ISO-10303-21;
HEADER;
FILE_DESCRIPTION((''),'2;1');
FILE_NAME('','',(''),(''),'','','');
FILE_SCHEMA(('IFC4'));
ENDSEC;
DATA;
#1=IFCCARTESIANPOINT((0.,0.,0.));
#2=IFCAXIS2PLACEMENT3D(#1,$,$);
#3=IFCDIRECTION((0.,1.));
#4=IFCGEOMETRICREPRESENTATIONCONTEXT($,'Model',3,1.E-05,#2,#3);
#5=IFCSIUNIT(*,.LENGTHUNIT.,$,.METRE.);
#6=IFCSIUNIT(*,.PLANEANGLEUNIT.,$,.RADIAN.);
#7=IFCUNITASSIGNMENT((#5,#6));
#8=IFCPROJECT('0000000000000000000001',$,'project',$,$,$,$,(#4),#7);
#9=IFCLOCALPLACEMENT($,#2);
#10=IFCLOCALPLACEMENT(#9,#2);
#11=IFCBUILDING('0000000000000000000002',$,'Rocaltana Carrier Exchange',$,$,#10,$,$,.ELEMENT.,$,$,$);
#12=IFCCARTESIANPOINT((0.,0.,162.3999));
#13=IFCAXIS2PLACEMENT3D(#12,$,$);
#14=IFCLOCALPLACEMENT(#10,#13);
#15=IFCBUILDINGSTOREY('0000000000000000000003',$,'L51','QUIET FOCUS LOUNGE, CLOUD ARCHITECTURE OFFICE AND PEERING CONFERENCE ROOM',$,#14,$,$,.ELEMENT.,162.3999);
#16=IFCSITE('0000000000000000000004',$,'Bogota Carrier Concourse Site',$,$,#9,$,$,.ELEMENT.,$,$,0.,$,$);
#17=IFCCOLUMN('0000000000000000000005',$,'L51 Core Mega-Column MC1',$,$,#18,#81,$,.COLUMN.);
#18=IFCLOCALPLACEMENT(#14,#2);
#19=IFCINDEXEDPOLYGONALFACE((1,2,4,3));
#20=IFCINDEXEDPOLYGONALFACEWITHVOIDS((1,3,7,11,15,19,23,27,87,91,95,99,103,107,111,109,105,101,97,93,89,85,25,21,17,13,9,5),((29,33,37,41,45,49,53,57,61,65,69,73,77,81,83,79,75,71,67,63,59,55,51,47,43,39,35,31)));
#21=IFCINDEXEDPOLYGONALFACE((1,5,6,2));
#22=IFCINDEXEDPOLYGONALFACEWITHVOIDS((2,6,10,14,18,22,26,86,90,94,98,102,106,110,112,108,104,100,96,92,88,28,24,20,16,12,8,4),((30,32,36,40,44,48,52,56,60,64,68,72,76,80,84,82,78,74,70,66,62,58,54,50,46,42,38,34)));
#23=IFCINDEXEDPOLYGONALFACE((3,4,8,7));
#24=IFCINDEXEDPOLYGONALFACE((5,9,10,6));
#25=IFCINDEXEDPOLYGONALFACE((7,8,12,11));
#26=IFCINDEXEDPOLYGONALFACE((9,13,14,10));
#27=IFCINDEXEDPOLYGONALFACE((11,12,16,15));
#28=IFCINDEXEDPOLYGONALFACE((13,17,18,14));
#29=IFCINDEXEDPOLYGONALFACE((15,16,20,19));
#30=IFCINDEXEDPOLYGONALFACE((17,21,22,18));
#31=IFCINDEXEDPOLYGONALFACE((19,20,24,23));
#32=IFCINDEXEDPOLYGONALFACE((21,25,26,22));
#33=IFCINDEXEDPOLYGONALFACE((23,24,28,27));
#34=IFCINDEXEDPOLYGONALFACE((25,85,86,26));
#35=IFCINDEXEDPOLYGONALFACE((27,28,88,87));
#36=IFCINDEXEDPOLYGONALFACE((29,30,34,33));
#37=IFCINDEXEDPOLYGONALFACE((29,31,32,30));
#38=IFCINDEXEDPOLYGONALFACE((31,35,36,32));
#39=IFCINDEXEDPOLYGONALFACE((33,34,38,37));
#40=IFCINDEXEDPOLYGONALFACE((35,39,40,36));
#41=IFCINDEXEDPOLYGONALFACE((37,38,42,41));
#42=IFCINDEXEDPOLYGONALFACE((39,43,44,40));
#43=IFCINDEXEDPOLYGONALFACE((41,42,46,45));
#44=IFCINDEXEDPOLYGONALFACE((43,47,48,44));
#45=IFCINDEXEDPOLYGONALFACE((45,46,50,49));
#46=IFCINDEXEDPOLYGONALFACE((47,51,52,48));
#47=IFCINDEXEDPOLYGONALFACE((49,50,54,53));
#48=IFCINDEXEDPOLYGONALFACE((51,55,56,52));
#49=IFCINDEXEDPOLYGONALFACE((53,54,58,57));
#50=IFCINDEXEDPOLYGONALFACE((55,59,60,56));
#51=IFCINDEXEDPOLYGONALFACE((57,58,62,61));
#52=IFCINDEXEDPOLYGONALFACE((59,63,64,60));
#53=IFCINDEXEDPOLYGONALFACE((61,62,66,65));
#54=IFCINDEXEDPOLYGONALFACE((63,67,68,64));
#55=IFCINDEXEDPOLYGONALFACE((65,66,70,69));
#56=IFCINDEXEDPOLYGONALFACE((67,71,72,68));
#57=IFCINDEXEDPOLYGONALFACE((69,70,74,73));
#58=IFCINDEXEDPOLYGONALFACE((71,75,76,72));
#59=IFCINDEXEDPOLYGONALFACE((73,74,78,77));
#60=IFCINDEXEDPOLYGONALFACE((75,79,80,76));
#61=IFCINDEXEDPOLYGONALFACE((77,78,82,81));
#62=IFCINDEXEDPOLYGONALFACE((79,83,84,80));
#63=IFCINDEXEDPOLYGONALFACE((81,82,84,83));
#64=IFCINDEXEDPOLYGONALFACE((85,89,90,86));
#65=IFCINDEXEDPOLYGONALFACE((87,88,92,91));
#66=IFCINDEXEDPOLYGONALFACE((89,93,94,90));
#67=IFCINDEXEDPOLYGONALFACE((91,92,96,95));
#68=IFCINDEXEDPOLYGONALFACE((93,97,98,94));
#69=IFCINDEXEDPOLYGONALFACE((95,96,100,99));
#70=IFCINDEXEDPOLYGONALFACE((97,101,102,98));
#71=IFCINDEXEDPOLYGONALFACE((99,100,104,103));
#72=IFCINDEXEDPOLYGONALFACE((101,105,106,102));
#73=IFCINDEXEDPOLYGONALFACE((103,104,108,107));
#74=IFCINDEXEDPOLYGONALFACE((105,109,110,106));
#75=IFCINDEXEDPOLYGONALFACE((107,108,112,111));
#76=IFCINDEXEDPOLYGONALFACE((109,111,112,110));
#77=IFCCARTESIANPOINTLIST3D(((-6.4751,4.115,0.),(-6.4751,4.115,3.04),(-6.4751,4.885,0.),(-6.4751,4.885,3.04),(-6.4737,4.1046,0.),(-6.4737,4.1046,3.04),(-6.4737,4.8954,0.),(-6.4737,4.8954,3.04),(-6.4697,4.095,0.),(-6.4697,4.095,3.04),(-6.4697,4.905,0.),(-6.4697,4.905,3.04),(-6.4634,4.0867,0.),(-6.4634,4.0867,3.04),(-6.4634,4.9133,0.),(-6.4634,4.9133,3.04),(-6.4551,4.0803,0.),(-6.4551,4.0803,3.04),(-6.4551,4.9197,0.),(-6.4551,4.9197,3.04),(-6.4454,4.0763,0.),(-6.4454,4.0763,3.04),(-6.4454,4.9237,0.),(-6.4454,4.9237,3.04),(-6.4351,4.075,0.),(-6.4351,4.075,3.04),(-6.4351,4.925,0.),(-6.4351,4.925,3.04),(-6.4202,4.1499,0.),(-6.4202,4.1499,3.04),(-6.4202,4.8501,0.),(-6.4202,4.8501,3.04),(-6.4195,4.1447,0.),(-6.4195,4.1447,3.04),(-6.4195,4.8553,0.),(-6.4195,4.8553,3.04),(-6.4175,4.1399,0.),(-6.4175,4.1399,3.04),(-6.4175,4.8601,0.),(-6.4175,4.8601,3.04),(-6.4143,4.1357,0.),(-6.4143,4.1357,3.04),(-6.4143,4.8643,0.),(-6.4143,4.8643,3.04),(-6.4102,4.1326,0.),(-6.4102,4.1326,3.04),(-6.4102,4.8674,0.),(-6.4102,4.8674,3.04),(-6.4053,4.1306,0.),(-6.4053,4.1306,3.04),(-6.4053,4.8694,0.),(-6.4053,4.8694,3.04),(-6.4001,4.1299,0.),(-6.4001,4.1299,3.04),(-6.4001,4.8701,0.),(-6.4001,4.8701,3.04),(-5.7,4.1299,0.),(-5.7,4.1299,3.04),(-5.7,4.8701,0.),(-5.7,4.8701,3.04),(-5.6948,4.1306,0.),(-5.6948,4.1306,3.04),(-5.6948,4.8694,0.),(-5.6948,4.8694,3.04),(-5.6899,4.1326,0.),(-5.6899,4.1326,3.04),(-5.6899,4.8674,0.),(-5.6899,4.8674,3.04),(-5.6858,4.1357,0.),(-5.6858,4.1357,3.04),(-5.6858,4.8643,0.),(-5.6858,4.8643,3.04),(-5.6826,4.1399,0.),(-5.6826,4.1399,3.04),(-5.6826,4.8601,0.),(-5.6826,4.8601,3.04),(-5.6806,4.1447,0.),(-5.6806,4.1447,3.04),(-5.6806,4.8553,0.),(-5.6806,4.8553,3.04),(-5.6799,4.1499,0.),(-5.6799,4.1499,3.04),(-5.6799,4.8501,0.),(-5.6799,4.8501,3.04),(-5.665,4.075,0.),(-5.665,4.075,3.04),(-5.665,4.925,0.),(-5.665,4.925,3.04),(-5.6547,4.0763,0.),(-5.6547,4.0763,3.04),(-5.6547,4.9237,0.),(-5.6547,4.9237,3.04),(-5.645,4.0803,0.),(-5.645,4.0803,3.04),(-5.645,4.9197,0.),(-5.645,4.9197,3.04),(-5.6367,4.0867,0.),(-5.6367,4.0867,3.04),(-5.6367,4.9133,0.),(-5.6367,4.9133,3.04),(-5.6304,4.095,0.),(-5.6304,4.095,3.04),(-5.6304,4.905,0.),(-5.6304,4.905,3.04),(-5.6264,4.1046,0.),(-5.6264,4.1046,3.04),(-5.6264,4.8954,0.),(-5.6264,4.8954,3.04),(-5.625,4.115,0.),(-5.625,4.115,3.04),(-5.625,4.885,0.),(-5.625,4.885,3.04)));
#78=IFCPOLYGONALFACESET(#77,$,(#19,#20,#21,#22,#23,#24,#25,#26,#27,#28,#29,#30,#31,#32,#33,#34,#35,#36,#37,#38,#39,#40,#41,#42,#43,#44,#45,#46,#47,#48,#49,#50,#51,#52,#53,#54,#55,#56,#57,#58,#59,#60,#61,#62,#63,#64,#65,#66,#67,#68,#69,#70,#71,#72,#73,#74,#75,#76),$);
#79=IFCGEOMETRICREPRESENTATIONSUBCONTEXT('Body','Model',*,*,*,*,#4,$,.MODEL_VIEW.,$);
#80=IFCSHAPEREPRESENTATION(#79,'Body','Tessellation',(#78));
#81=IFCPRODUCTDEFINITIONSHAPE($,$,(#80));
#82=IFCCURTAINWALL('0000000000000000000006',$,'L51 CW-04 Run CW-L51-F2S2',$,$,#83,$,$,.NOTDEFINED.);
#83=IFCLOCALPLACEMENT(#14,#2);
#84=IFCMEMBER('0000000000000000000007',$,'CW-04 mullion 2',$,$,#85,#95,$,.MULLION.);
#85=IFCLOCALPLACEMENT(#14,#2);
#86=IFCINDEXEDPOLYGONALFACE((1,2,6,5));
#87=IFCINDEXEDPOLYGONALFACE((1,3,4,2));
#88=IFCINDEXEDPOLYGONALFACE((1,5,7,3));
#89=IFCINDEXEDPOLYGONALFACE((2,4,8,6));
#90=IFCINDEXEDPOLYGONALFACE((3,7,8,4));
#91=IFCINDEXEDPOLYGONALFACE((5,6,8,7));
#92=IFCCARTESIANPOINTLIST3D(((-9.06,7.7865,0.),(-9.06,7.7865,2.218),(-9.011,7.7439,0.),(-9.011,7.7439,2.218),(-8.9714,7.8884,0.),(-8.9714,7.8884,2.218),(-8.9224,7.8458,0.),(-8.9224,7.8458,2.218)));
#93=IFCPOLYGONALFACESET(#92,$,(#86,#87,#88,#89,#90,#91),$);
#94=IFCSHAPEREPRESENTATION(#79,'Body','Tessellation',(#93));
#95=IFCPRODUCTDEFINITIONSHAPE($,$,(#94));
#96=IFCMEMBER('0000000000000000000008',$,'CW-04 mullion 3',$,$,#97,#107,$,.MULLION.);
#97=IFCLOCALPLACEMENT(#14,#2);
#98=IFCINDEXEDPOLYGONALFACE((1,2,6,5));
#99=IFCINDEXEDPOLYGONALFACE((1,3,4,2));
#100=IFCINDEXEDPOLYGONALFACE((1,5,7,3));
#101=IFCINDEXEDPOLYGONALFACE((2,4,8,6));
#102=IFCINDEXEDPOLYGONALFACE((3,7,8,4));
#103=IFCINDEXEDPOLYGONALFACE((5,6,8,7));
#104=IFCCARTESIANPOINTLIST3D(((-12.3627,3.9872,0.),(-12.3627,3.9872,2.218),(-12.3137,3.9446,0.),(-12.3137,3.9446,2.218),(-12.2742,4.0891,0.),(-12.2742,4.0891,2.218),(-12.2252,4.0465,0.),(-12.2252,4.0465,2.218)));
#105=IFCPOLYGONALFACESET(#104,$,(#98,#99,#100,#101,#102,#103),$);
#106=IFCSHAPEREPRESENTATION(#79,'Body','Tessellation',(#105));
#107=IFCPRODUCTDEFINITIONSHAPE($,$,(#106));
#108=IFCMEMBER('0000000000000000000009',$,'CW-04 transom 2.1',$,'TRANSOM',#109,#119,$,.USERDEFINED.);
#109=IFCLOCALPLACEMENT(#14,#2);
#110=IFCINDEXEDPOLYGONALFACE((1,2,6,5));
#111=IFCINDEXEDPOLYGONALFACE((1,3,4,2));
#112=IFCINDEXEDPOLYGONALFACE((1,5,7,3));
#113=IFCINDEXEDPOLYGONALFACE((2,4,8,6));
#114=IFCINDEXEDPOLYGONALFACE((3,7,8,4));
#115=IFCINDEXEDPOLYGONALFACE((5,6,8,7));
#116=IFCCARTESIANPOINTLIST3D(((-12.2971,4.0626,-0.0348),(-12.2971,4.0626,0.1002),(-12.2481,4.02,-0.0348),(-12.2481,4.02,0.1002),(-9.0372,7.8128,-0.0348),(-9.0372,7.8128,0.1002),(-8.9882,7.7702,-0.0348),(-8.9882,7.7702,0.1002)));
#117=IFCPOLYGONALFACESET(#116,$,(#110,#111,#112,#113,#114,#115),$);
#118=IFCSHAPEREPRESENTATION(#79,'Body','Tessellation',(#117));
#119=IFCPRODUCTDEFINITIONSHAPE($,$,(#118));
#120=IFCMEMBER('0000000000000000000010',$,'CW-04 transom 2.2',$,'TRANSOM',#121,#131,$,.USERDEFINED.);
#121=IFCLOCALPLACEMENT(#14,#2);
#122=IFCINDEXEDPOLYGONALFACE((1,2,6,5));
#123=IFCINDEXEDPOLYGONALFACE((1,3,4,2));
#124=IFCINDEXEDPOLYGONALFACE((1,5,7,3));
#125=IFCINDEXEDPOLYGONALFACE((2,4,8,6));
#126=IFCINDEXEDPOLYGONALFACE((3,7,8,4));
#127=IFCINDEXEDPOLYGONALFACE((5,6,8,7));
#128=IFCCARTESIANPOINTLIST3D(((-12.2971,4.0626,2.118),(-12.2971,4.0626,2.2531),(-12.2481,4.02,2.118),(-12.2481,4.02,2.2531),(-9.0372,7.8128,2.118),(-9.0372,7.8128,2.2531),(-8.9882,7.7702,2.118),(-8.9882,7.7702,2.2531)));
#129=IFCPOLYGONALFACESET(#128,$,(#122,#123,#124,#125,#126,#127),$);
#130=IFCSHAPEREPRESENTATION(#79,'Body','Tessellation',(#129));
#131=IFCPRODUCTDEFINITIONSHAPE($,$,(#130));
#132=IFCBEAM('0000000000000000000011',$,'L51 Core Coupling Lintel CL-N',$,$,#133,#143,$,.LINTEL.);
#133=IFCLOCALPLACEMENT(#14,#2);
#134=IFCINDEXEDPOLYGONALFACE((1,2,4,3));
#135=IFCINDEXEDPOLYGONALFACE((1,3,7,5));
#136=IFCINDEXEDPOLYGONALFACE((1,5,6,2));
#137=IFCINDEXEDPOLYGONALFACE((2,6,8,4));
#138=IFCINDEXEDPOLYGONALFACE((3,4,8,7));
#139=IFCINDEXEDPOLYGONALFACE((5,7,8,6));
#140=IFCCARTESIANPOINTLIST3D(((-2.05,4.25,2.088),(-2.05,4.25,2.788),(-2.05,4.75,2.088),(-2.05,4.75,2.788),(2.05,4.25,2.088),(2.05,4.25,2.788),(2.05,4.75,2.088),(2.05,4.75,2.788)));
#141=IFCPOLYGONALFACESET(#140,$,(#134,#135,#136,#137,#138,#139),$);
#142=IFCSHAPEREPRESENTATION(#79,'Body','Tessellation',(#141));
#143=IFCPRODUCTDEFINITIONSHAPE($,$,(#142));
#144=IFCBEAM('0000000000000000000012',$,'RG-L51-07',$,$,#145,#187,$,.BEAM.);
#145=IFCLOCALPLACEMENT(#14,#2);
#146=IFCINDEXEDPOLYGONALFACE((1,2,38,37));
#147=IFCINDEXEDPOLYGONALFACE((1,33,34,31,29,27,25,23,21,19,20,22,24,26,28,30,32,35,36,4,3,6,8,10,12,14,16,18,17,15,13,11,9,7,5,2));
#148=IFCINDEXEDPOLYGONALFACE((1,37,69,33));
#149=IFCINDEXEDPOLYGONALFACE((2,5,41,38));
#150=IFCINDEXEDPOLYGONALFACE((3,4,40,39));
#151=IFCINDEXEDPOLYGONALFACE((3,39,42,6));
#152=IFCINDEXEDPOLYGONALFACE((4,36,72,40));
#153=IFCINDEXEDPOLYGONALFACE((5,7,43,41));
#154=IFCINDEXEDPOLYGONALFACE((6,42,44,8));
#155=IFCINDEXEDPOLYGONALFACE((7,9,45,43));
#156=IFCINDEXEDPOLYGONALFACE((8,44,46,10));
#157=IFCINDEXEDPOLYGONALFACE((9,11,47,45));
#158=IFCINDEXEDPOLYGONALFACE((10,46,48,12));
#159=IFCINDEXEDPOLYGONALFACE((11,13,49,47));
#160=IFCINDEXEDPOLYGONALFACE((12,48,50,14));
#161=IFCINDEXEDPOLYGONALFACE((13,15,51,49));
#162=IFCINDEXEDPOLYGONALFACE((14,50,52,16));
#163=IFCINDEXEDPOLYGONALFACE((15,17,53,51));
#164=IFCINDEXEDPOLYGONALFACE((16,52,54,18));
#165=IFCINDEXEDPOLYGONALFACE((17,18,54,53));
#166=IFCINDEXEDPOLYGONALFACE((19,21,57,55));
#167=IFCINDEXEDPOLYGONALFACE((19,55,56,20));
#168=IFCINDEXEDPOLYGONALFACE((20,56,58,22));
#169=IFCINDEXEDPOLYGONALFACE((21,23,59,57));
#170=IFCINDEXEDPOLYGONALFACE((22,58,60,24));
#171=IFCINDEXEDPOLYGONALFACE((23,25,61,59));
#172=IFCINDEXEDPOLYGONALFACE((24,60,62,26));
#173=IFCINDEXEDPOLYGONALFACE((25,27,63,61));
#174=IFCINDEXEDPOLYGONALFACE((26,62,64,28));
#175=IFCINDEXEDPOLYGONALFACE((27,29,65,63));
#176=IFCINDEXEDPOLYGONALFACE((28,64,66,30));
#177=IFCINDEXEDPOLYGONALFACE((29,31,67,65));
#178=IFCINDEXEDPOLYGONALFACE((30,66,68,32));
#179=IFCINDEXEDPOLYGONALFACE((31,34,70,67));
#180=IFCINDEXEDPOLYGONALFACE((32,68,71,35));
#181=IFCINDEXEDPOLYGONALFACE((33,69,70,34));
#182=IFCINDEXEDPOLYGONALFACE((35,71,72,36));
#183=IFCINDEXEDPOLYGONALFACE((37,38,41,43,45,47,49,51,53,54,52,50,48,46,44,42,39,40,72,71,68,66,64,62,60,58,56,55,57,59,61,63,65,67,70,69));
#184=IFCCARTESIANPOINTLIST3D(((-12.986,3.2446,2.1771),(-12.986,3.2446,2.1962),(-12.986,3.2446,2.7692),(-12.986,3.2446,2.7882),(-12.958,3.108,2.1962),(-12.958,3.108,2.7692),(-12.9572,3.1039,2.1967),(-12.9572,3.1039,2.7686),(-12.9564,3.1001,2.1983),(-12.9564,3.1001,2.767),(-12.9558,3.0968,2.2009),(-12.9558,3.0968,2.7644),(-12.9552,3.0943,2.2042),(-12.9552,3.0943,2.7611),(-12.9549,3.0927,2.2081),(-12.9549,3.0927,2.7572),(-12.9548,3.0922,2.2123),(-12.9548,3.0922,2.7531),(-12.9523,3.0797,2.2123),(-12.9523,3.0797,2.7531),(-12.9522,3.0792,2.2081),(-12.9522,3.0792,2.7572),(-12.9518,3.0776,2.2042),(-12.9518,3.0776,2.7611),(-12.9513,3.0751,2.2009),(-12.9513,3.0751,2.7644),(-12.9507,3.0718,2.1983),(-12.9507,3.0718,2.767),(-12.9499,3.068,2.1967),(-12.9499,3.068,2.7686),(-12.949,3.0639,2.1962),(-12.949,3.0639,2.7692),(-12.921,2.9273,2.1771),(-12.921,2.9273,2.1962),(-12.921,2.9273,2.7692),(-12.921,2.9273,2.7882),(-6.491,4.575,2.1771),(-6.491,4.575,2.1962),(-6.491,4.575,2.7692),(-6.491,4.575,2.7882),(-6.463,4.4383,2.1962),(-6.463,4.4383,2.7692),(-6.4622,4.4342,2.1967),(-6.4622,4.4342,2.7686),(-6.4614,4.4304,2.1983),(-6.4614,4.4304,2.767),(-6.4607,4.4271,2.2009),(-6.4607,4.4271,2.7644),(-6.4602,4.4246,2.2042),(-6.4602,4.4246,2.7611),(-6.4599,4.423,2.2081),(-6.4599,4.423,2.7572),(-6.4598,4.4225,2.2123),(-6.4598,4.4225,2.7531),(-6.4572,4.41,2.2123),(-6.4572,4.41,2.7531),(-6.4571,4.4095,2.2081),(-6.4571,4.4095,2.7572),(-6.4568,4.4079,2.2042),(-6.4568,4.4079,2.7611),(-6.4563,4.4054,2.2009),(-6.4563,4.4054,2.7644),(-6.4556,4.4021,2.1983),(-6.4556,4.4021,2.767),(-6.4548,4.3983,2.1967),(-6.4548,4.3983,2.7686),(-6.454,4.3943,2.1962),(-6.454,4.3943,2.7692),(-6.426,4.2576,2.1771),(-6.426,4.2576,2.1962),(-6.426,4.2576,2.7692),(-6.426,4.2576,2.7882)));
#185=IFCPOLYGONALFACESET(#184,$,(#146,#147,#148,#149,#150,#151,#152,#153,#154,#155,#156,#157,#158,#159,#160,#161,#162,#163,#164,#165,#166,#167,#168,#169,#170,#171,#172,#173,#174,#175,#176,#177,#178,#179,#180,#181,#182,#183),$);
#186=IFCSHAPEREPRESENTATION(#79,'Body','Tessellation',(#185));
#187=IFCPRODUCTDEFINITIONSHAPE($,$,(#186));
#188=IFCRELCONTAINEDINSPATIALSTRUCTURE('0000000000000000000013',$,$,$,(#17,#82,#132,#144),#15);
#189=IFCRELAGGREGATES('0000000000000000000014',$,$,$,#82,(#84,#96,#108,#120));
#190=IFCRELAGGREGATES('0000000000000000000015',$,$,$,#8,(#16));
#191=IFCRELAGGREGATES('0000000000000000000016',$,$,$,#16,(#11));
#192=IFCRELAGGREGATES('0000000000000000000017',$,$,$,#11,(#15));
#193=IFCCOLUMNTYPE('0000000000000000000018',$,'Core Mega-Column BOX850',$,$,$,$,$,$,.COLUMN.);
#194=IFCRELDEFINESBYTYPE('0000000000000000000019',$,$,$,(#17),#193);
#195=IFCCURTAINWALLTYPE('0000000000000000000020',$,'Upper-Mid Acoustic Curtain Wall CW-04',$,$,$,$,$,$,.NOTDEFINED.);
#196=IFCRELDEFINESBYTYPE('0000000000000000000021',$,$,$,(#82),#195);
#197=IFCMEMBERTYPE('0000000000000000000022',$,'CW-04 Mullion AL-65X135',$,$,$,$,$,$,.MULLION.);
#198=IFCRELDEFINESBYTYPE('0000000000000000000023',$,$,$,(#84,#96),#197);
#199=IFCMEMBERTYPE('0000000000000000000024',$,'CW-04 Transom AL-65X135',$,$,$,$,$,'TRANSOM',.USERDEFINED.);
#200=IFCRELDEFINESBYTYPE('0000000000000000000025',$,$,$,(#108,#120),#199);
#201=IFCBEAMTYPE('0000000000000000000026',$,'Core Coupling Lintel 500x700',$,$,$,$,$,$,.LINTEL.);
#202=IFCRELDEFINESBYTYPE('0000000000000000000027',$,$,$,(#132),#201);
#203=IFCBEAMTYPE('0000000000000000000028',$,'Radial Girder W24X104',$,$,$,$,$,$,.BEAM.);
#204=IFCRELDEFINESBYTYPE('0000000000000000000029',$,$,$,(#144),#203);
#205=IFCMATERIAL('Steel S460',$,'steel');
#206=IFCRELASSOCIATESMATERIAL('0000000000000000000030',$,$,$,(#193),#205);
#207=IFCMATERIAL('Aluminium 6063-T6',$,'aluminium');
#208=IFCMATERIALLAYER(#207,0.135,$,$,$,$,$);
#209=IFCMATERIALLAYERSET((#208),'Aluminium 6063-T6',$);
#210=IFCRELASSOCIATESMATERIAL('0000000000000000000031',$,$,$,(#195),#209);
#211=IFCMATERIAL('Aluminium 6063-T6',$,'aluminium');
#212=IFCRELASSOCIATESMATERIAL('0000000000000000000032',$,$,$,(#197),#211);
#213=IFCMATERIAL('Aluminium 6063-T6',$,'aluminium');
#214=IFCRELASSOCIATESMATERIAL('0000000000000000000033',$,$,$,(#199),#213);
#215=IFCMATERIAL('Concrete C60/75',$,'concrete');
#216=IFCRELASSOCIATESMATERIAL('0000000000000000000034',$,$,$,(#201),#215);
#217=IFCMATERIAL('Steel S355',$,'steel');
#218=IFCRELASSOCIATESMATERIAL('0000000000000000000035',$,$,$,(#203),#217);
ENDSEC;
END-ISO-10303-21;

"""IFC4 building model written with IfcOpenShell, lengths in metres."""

from ifc_helpers import new_model, si_unit, direction, frame, origin, origin_2d, place, context, subcontext, project, spatial, rectangle, hollow_rectangle, i_section, extrude, material, layer, layer_set, material_profile, profile_set, type_object, element, aggregate, save


model = new_model("IFC4")

# Units and contexts
model_context = context("Model", 3, precision=1e-05, world=origin(), true_north=direction((0.0, 1.0)))
body_context = subcontext(model_context, "Body", "Model", "MODEL_VIEW")
ifc_project = project(units=[si_unit("LENGTHUNIT", "METRE"), si_unit("PLANEANGLEUNIT", "RADIAN")], contexts=[model_context])

# Site, building, storey
site_placement = place(None, origin())
site = spatial("IfcSite", under=ifc_project, at=site_placement, Name="Bogota Carrier Concourse Site", CompositionType="ELEMENT", RefElevation=0.0)
building_placement = place(site_placement, origin())
building = spatial("IfcBuilding", under=site, at=building_placement, Name="Rocaltana Carrier Exchange", CompositionType="ELEMENT")
storey_placement = place(building_placement, frame((0.0, 0.0, 162.3999)))
storey = spatial("IfcBuildingStorey", under=building, at=storey_placement, Name="L51", Description="QUIET FOCUS LOUNGE, CLOUD ARCHITECTURE OFFICE AND PEERING CONFERENCE ROOM", CompositionType="ELEMENT", Elevation=162.3999)

# Column
ifc_material_1 = material(Name="Steel S460", Category="steel")
ifc_material_profile_1 = material_profile(ifc_material_1, hollow_rectangle(XDim=0.8501, YDim=0.8501, WallThickness=0.0549, InnerFilletRadius=0.02, OuterFilletRadius=0.04, at=origin_2d()), Name="BOX850X850X55")
ifc_profile_set_1 = profile_set([ifc_material_profile_1], Name="Steel S460")
column_type = type_object("IfcColumnType", Name="Core Mega-Column BOX850", PredefinedType="COLUMN", material=ifc_profile_set_1)
column_placement = place(storey_placement, frame((-6.05, 4.5, 0.0), z_axis=(0.0, 0.0, 1.0), x_axis=(1.0, 0.0, 0.0)))
element("IfcColumn", 1, at=column_placement, inside=storey, type_object=column_type, Name="L51 Core Mega-Column MC1", PredefinedType="COLUMN", context=body_context, shape_type="SweptSolid", body=[
    extrude(hollow_rectangle(XDim=0.8501, YDim=0.8501, WallThickness=0.0549, InnerFilletRadius=0.02, OuterFilletRadius=0.04, at=origin_2d()), origin(), (0.0, 0.0, 1.0), 3.04),
])

# Curtain wall, members
ifc_material_2 = material(Name="Aluminium 6063-T6", Category="aluminium")
ifc_layer_1 = layer(ifc_material_2, 0.135)
ifc_layer_set_1 = layer_set([ifc_layer_1], Name="Aluminium 6063-T6")
curtain_wall_type = type_object("IfcCurtainWallType", Name="Upper-Mid Acoustic Curtain Wall CW-04", PredefinedType="NOTDEFINED", material=ifc_layer_set_1)
curtain_wall_placement = place(storey_placement, origin())
curtain_wall = element("IfcCurtainWall", 2, at=curtain_wall_placement, inside=storey, type_object=curtain_wall_type, Name="L51 CW-04 Run CW-L51-F2S2", PredefinedType="NOTDEFINED")
ifc_material_3 = material(Name="Aluminium 6063-T6", Category="aluminium")
ifc_material_profile_2 = material_profile(ifc_material_3, rectangle(XDim=0.0649, YDim=0.135, at=origin_2d()), Name="AL-65X135")
ifc_profile_set_2 = profile_set([ifc_material_profile_2], Name="Aluminium 6063-T6")
member_type_1 = type_object("IfcMemberType", Name="CW-04 Mullion AL-65X135", PredefinedType="MULLION", material=ifc_profile_set_2)
member_1_placement = place(storey_placement, frame((-8.9912, 7.8162, 0.0), z_axis=(0.0, 0.0, 1.0), x_axis=(0.754712, -0.656057, 0.0)))
member_1 = element("IfcMember", 3, at=member_1_placement, type_object=member_type_1, Name="CW-04 mullion 2", PredefinedType="MULLION", context=body_context, shape_type="SweptSolid", body=[
    extrude(rectangle(XDim=0.0649, YDim=0.135, at=origin_2d()), origin(), (0.0, 0.0, 1.0), 2.218),
])
member_2_placement = place(storey_placement, frame((-12.2939, 4.0168, 0.0), z_axis=(0.0, 0.0, 1.0), x_axis=(0.754712, -0.656057, 0.0)))
member_2 = element("IfcMember", 4, at=member_2_placement, type_object=member_type_1, Name="CW-04 mullion 3", PredefinedType="MULLION", context=body_context, shape_type="SweptSolid", body=[
    extrude(rectangle(XDim=0.0649, YDim=0.135, at=origin_2d()), origin(), (0.0, 0.0, 1.0), 2.218),
])
ifc_material_4 = material(Name="Aluminium 6063-T6", Category="aluminium")
ifc_material_profile_3 = material_profile(ifc_material_4, rectangle(XDim=0.0649, YDim=0.135, at=origin_2d()), Name="AL-65X135")
ifc_profile_set_3 = profile_set([ifc_material_profile_3], Name="Aluminium 6063-T6")
member_type_2 = type_object("IfcMemberType", Name="CW-04 Transom AL-65X135", ElementType="TRANSOM", PredefinedType="USERDEFINED", material=ifc_profile_set_3)
member_3_placement = place(storey_placement, frame((-9.0127, 7.7915, 0.0327), z_axis=(-0.656056, -0.754712, 0.0), x_axis=(0.754712, -0.656056, 0.0)))
member_3 = element("IfcMember", 5, at=member_3_placement, type_object=member_type_2, Name="CW-04 transom 2.1", ObjectType="TRANSOM", PredefinedType="USERDEFINED", context=body_context, shape_type="SweptSolid", body=[
    extrude(rectangle(XDim=0.0649, YDim=0.135, at=origin_2d()), origin(), (0.0, 0.0, 1.0), 4.969),
])
member_4_placement = place(storey_placement, frame((-9.0127, 7.7915, 2.1855), z_axis=(-0.656056, -0.754712, 0.0), x_axis=(0.754712, -0.656056, 0.0)))
member_4 = element("IfcMember", 6, at=member_4_placement, type_object=member_type_2, Name="CW-04 transom 2.2", ObjectType="TRANSOM", PredefinedType="USERDEFINED", context=body_context, shape_type="SweptSolid", body=[
    extrude(rectangle(XDim=0.0649, YDim=0.135, at=origin_2d()), origin(), (0.0, 0.0, 1.0), 4.969),
])

# Beams
ifc_material_5 = material(Name="Concrete C60/75", Category="concrete")
ifc_material_profile_4 = material_profile(ifc_material_5, rectangle(XDim=0.5, YDim=0.7, at=origin_2d()), Name="RC-BM-500X700")
ifc_profile_set_4 = profile_set([ifc_material_profile_4], Name="Concrete C60/75")
beam_type_1 = type_object("IfcBeamType", Name="Core Coupling Lintel 500x700", PredefinedType="LINTEL", material=ifc_profile_set_4)
beam_1_placement = place(storey_placement, frame((-2.05, 4.5, 2.438), z_axis=(1.0, 0.0, 0.0), x_axis=(0.0, 1.0, 0.0)))
element("IfcBeam", 7, at=beam_1_placement, inside=storey, type_object=beam_type_1, Name="L51 Core Coupling Lintel CL-N", PredefinedType="LINTEL", context=body_context, shape_type="SweptSolid", body=[
    extrude(rectangle(XDim=0.5, YDim=0.7, at=origin_2d()), origin(), (0.0, 0.0, 1.0), 4.1001),
])
ifc_material_6 = material(Name="Steel S355", Category="steel")
ifc_material_profile_5 = material_profile(ifc_material_6, i_section(OverallWidth=0.324, OverallDepth=0.6111, WebThickness=0.0127, FlangeThickness=0.019, FilletRadius=0.0161, at=origin_2d()), Name="W24X104")
ifc_profile_set_5 = profile_set([ifc_material_profile_5], Name="Steel S355")
beam_type_2 = type_object("IfcBeamType", Name="Radial Girder W24X104", PredefinedType="BEAM", material=ifc_profile_set_5)
beam_2_placement = place(storey_placement, frame((-6.4585, 4.4163, 2.4827), z_axis=(-0.979662, -0.200653, 0.0), x_axis=(0.200653, -0.979662, 0.0)))
element("IfcBeam", 8, at=beam_2_placement, inside=storey, type_object=beam_type_2, Name="RG-L51-07", PredefinedType="BEAM", context=body_context, shape_type="SweptSolid", body=[
    extrude(i_section(OverallWidth=0.324, OverallDepth=0.6111, WebThickness=0.0127, FlangeThickness=0.019, FilletRadius=0.0161, at=origin_2d()), origin(), (0.0, 0.0, 1.0), 6.6299),
])

aggregate(curtain_wall, [member_1, member_2, member_3, member_4])

save(model, "model.ifc")
